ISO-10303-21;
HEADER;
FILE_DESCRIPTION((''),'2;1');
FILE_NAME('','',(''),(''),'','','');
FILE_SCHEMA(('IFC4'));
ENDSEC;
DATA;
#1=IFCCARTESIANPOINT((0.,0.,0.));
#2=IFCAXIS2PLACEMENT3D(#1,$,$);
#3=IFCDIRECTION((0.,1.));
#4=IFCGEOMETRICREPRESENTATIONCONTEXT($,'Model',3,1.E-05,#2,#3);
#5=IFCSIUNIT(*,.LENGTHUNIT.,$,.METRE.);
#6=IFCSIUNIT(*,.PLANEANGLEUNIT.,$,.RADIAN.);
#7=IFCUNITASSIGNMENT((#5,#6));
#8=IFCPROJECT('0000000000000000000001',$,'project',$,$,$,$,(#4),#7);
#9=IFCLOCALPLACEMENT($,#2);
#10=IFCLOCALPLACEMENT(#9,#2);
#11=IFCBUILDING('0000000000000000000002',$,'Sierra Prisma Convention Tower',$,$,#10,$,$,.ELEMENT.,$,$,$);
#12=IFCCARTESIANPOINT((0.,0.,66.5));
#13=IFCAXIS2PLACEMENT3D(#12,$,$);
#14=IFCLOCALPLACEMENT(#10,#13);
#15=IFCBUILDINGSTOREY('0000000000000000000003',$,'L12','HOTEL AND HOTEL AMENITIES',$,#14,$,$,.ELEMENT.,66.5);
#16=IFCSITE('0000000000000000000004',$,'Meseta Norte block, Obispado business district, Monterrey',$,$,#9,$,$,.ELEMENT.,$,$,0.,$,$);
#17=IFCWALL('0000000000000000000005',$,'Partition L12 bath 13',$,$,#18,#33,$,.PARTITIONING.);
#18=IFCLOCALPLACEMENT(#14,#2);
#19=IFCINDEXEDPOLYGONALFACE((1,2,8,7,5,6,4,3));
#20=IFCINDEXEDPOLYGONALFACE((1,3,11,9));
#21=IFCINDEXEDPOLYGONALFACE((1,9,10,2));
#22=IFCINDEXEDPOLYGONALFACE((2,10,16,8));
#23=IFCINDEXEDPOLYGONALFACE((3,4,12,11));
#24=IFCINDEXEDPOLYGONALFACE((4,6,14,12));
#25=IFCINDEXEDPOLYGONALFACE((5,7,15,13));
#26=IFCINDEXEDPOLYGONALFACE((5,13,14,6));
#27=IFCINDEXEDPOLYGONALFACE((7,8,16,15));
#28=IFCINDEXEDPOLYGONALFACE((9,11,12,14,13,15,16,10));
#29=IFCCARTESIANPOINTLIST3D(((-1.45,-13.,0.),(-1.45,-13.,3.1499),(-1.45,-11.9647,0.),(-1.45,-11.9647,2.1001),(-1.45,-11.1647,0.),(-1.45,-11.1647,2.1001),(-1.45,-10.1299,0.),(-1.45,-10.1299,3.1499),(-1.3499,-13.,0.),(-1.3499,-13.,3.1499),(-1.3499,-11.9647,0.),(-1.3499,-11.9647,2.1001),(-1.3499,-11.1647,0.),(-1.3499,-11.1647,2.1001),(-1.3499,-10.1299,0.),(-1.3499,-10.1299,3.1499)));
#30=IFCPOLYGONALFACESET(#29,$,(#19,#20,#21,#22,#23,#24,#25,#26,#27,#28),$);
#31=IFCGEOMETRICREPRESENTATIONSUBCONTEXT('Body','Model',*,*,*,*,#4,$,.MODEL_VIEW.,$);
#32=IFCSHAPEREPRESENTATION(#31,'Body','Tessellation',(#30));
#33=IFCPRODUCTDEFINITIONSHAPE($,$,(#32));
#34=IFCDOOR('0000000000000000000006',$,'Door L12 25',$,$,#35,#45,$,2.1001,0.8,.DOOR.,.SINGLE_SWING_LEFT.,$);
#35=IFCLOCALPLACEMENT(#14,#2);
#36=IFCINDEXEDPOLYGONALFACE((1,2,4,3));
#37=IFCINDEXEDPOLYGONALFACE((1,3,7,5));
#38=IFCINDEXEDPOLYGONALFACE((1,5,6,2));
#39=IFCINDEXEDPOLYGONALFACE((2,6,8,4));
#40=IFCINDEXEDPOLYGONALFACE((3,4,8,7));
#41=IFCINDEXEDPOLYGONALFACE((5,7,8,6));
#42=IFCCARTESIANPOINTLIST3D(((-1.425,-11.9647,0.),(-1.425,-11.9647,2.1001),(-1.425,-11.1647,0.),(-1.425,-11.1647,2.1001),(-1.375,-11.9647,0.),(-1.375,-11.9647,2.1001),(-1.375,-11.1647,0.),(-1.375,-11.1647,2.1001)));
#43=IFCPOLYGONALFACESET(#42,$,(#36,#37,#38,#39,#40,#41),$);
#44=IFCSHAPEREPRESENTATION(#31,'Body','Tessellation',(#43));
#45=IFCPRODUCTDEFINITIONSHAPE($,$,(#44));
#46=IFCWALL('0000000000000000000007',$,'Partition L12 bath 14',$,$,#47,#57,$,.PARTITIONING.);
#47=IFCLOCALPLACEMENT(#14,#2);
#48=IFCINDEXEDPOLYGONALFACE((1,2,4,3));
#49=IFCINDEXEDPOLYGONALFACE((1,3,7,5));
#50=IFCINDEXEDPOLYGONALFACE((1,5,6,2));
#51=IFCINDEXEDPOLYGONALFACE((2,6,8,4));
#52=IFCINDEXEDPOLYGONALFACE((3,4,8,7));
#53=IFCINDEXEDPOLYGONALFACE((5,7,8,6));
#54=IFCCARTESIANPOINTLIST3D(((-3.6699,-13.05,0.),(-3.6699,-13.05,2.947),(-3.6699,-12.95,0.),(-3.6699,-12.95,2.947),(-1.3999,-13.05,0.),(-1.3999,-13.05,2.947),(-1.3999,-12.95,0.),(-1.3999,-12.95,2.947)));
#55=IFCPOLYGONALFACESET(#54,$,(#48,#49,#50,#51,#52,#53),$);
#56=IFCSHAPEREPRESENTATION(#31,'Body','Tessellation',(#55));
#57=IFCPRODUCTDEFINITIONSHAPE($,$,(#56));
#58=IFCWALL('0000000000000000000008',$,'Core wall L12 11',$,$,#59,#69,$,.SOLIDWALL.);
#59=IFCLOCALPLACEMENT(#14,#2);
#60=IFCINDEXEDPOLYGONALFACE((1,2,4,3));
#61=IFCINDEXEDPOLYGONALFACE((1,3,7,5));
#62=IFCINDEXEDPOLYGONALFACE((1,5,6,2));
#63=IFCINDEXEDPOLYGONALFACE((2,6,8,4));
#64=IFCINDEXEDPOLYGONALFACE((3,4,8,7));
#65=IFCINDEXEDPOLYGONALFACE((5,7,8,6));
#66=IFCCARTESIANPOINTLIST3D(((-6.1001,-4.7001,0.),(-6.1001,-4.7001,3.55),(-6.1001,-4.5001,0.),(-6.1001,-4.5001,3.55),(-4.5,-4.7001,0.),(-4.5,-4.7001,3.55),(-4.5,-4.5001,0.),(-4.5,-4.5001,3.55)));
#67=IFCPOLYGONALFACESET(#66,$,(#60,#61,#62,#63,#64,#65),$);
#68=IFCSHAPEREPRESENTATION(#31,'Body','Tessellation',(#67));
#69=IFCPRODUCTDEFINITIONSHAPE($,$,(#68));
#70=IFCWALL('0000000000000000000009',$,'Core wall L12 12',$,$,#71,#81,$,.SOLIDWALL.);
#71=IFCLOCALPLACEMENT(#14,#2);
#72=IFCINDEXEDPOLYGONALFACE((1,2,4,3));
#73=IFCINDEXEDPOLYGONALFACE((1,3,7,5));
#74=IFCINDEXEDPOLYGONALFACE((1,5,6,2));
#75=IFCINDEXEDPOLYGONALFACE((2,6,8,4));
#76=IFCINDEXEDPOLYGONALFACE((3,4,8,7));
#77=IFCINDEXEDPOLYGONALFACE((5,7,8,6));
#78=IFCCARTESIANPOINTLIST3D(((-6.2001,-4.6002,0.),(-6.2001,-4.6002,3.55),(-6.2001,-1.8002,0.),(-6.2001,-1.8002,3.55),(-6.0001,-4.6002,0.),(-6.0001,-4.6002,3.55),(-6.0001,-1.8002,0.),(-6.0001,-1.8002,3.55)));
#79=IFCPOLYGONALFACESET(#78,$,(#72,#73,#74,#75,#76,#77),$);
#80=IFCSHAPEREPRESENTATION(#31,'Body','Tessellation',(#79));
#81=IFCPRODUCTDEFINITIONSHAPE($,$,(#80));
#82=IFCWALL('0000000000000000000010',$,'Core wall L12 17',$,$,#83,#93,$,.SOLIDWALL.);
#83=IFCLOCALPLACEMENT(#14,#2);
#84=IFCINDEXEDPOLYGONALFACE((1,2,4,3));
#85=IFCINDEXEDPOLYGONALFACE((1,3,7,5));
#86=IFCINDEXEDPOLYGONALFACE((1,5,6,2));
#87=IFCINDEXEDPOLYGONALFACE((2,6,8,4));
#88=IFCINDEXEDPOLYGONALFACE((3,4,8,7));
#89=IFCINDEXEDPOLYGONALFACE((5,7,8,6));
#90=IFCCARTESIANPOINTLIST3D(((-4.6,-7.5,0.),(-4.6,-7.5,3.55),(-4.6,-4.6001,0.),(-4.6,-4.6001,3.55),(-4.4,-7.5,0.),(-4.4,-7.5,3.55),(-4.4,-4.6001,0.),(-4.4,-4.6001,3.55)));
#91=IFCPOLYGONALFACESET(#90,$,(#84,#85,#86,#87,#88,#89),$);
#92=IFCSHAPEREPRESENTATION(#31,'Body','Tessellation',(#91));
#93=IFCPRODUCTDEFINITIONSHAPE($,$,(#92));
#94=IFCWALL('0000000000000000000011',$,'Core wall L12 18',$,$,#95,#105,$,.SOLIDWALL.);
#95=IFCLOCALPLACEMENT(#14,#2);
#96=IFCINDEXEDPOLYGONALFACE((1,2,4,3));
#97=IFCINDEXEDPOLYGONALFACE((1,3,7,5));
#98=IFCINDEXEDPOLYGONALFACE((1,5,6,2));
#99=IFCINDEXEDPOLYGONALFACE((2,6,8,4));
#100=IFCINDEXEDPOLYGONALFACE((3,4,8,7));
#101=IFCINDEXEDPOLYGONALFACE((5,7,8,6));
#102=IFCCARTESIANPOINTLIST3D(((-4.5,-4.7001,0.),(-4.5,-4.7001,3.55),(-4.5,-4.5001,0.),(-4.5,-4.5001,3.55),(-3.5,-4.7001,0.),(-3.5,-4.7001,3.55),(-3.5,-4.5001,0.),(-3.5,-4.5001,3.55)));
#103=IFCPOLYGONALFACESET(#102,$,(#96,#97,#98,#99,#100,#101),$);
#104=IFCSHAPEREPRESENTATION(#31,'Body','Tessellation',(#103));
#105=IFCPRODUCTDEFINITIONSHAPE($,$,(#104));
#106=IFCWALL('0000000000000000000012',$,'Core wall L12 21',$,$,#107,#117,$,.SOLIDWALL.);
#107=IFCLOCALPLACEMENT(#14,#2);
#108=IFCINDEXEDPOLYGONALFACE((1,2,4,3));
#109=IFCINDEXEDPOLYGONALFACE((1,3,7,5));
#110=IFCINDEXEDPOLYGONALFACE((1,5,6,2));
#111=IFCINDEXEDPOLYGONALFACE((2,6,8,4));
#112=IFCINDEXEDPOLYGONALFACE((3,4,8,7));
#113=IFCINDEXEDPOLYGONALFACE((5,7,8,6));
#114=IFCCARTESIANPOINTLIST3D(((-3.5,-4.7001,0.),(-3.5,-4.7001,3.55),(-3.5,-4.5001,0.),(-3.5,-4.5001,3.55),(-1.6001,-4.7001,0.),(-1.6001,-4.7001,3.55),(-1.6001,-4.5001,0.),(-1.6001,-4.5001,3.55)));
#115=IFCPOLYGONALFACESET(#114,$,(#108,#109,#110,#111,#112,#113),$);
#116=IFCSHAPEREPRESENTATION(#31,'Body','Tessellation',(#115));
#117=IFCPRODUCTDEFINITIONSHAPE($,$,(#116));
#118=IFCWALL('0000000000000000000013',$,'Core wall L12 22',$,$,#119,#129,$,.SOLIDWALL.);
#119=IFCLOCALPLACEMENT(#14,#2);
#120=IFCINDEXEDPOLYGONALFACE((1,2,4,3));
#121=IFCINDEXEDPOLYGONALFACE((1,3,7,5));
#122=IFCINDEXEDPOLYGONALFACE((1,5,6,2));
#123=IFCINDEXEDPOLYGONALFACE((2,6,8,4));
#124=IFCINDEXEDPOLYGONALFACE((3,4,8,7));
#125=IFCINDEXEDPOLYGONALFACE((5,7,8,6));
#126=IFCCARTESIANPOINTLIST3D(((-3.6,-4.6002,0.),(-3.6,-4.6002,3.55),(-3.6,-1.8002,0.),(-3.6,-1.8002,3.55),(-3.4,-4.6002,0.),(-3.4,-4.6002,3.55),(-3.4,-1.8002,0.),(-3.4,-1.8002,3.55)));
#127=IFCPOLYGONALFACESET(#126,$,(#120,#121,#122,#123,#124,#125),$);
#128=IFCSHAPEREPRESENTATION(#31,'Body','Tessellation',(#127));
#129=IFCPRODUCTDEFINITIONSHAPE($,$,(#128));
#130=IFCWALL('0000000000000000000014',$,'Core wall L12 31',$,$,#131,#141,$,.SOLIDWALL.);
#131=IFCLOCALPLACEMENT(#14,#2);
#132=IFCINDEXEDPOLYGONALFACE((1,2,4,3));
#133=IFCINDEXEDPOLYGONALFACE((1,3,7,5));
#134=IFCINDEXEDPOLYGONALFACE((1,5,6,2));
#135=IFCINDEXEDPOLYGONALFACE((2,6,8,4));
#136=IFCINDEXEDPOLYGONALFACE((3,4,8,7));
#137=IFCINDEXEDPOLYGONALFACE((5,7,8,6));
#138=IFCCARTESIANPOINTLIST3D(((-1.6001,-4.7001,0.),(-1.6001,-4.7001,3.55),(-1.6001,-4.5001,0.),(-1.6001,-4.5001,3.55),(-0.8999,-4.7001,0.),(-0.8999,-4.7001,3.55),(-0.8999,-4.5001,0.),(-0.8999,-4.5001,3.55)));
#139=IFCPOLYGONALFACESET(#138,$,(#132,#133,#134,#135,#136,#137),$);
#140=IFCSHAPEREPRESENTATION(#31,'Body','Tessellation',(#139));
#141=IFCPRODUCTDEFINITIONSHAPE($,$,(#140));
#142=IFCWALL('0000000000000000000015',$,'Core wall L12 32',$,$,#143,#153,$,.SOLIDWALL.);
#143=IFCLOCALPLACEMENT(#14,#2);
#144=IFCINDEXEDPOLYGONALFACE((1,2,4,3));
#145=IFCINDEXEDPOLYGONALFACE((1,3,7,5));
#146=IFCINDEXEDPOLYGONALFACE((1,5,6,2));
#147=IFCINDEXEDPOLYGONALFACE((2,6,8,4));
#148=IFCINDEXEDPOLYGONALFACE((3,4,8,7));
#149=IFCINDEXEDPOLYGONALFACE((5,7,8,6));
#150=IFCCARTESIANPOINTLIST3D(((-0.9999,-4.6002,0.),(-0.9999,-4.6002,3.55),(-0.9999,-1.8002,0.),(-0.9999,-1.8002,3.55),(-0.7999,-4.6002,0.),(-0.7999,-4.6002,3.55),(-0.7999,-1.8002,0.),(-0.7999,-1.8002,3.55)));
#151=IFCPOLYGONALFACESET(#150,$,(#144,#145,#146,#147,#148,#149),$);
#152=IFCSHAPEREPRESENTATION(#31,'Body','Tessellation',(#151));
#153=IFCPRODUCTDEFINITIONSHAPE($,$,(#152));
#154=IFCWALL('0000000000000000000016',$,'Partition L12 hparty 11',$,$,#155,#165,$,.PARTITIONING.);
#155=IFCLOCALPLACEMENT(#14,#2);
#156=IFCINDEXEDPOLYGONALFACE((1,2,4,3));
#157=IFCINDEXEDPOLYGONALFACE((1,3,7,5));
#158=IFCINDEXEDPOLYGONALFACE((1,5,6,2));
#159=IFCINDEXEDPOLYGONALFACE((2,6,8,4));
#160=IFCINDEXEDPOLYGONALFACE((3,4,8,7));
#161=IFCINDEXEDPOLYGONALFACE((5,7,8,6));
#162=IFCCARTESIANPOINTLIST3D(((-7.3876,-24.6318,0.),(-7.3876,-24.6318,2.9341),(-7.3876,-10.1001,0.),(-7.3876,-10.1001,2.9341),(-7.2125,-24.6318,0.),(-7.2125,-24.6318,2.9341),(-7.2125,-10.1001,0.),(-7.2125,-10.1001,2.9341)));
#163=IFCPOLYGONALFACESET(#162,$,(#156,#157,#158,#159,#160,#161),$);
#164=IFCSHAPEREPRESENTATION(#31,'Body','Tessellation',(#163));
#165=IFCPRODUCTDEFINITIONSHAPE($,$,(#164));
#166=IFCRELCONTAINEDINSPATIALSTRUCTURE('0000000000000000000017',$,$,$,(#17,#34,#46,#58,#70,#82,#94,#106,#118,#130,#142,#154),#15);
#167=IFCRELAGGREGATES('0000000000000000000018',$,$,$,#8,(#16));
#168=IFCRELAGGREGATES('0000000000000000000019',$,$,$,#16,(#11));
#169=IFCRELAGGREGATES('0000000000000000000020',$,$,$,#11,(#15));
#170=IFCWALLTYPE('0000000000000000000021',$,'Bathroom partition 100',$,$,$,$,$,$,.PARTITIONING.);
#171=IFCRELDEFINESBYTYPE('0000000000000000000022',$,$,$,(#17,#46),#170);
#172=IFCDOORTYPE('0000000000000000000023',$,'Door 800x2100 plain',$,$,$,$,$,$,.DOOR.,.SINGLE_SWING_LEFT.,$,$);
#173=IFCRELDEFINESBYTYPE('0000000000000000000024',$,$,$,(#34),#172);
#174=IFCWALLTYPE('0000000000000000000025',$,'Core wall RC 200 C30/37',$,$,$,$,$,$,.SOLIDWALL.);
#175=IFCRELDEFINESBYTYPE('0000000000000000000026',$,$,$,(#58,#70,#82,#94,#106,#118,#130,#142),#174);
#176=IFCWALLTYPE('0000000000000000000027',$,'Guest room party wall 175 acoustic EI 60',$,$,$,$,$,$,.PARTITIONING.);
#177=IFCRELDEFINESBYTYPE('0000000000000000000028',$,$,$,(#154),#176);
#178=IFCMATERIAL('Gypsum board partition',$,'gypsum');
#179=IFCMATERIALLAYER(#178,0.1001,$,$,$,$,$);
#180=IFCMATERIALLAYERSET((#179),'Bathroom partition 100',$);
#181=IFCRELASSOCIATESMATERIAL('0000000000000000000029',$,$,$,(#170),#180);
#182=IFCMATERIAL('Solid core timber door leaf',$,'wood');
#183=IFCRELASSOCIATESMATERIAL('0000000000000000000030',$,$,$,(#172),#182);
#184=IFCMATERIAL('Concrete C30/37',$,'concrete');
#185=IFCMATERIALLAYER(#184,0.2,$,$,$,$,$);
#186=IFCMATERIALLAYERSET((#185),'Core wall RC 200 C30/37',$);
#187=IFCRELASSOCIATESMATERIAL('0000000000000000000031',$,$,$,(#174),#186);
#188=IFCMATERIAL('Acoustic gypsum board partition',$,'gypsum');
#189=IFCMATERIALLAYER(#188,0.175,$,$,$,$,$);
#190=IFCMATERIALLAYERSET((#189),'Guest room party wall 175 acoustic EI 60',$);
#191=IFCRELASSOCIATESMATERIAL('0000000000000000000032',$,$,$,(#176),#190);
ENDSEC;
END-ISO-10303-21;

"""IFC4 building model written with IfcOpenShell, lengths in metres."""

from ifc_helpers import new_model, si_unit, direction, frame, frame_2d, origin, place, context, subcontext, project, spatial, rectangle, extrude, material, layer, layer_set, type_object, element, fill, save


model = new_model("IFC4")

# Units and contexts
model_context = context("Model", 3, precision=1e-05, world=origin(), true_north=direction((0.0, 1.0)))
body_context = subcontext(model_context, "Body", "Model", "MODEL_VIEW")
ifc_project = project(units=[si_unit("LENGTHUNIT", "METRE"), si_unit("PLANEANGLEUNIT", "RADIAN")], contexts=[model_context])

# Site, building, storey
site_placement = place(None, origin())
site = spatial("IfcSite", under=ifc_project, at=site_placement, Name="Meseta Norte block, Obispado business district, Monterrey", CompositionType="ELEMENT", RefElevation=0.0)
building_placement = place(site_placement, origin())
building = spatial("IfcBuilding", under=site, at=building_placement, Name="Sierra Prisma Convention Tower", CompositionType="ELEMENT")
storey_placement = place(building_placement, frame((0.0, 0.0, 66.5)))
storey = spatial("IfcBuildingStorey", under=building, at=storey_placement, Name="L12", Description="HOTEL AND HOTEL AMENITIES", CompositionType="ELEMENT", Elevation=66.5)

# Wall, opening, door
ifc_material_1 = material(Name="Gypsum board partition", Category="gypsum")
ifc_layer_1 = layer(ifc_material_1, 0.1001)
ifc_layer_set_1 = layer_set([ifc_layer_1], Name="Bathroom partition 100")
wall_type_1 = type_object("IfcWallType", Name="Bathroom partition 100", PredefinedType="PARTITIONING", material=ifc_layer_set_1)
wall_1_placement = place(storey_placement, frame((-1.3999, -10.1299, 0.0), z_axis=(0.0, 0.0, 1.0), x_axis=(0.0, -1.0, 0.0)))
wall_1 = element("IfcWall", 1, at=wall_1_placement, inside=storey, type_object=wall_type_1, Name="Partition L12 bath 13", PredefinedType="PARTITIONING", context=body_context, shape_type="SweptSolid", body=[
    extrude(rectangle(XDim=2.8701, YDim=0.1001, at=frame_2d((1.4351, 0.0))), origin(), (0.0, 0.0, 1.0), 3.1499),
])
opening_1_placement = place(wall_1_placement, frame((1.0349, 0.0, 0.0)))
opening_1 = element("IfcOpeningElement", 2, at=opening_1_placement, cuts=wall_1, PredefinedType="OPENING", context=body_context, shape_type="SweptSolid", body=[
    extrude(rectangle(XDim=0.8, YDim=2.1001, at=frame_2d((0.3999, 1.05))), frame((0.0, 0.05, 0.0), z_axis=(0.0, -1.0, 0.0), x_axis=(1.0, 0.0, 0.0)), (0.0, 0.0, 1.0), 0.1001),
])
ifc_material_2 = material(Name="Solid core timber door leaf", Category="wood")
door_type_1 = type_object("IfcDoorType", Name="Door 800x2100 plain", OperationType="SINGLE_SWING_LEFT", PredefinedType="DOOR", material=ifc_material_2)
door_1_placement = place(opening_1_placement, origin())
door_1 = element("IfcDoor", 3, at=door_1_placement, inside=storey, type_object=door_type_1, Name="Door L12 25", OperationType="SINGLE_SWING_LEFT", OverallHeight=2.1001, OverallWidth=0.8, PredefinedType="DOOR", context=body_context, shape_type="SweptSolid", body=[
    extrude(rectangle(XDim=0.8, YDim=2.1001, at=frame_2d((0.3999, 1.05))), frame((0.0, 0.0249, 0.0), z_axis=(0.0, -1.0, 0.0), x_axis=(1.0, 0.0, 0.0)), (0.0, 0.0, 1.0), 0.05),
])
fill(opening_1, door_1)

# Wall
wall_2_placement = place(storey_placement, frame((-1.3999, -13.0, 0.0), z_axis=(0.0, 0.0, 1.0), x_axis=(-1.0, 0.0, 0.0)))
element("IfcWall", 4, at=wall_2_placement, inside=storey, type_object=wall_type_1, Name="Partition L12 bath 14", PredefinedType="PARTITIONING", context=body_context, shape_type="SweptSolid", body=[
    extrude(rectangle(XDim=2.27, YDim=0.1001, at=frame_2d((1.135, 0.0))), origin(), (0.0, 0.0, 1.0), 2.947),
])

# Shared definitions
ifc_material_3 = material(Name="Concrete C30/37", Category="concrete")
ifc_layer_2 = layer(ifc_material_3, 0.2)
ifc_layer_set_2 = layer_set([ifc_layer_2], Name="Core wall RC 200 C30/37")
wall_type_2 = type_object("IfcWallType", Name="Core wall RC 200 C30/37", PredefinedType="SOLIDWALL", material=ifc_layer_set_2)

# Walls
wall_3_placement = place(storey_placement, frame((-6.1001, -4.6001, 0.0), z_axis=(0.0, 0.0, 1.0), x_axis=(1.0, 0.0, 0.0)))
element("IfcWall", 5, at=wall_3_placement, inside=storey, type_object=wall_type_2, Name="Core wall L12 11", PredefinedType="SOLIDWALL", context=body_context, shape_type="SweptSolid", body=[
    extrude(rectangle(XDim=1.6001, YDim=0.2, at=frame_2d((0.8, 0.0))), origin(), (0.0, 0.0, 1.0), 3.55),
])
wall_4_placement = place(storey_placement, frame((-6.1001, -4.6001, 0.0), z_axis=(0.0, 0.0, 1.0), x_axis=(0.0, 1.0, 0.0)))
element("IfcWall", 6, at=wall_4_placement, inside=storey, type_object=wall_type_2, Name="Core wall L12 12", PredefinedType="SOLIDWALL", context=body_context, shape_type="SweptSolid", body=[
    extrude(rectangle(XDim=2.8, YDim=0.2, at=frame_2d((1.3999, 0.0))), origin(), (0.0, 0.0, 1.0), 3.55),
])
wall_5_placement = place(storey_placement, frame((-4.5, -4.6001, 0.0), z_axis=(0.0, 0.0, 1.0), x_axis=(0.0, -1.0, 0.0)))
element("IfcWall", 7, at=wall_5_placement, inside=storey, type_object=wall_type_2, Name="Core wall L12 17", PredefinedType="SOLIDWALL", context=body_context, shape_type="SweptSolid", body=[
    extrude(rectangle(XDim=2.8999, YDim=0.2, at=frame_2d((1.45, 0.0))), origin(), (0.0, 0.0, 1.0), 3.55),
])
wall_6_placement = place(storey_placement, frame((-4.5, -4.6001, 0.0), z_axis=(0.0, 0.0, 1.0), x_axis=(1.0, 0.0, 0.0)))
element("IfcWall", 8, at=wall_6_placement, inside=storey, type_object=wall_type_2, Name="Core wall L12 18", PredefinedType="SOLIDWALL", context=body_context, shape_type="SweptSolid", body=[
    extrude(rectangle(XDim=1.0, YDim=0.2, at=frame_2d((0.5, 0.0))), origin(), (0.0, 0.0, 1.0), 3.55),
])
wall_7_placement = place(storey_placement, frame((-3.5, -4.6001, 0.0), z_axis=(0.0, 0.0, 1.0), x_axis=(1.0, 0.0, 0.0)))
element("IfcWall", 9, at=wall_7_placement, inside=storey, type_object=wall_type_2, Name="Core wall L12 21", PredefinedType="SOLIDWALL", context=body_context, shape_type="SweptSolid", body=[
    extrude(rectangle(XDim=1.8999, YDim=0.2, at=frame_2d((0.95, 0.0))), origin(), (0.0, 0.0, 1.0), 3.55),
])
wall_8_placement = place(storey_placement, frame((-3.5, -4.6001, 0.0), z_axis=(0.0, 0.0, 1.0), x_axis=(0.0, 1.0, 0.0)))
element("IfcWall", 10, at=wall_8_placement, inside=storey, type_object=wall_type_2, Name="Core wall L12 22", PredefinedType="SOLIDWALL", context=body_context, shape_type="SweptSolid", body=[
    extrude(rectangle(XDim=2.8, YDim=0.2, at=frame_2d((1.3999, 0.0))), origin(), (0.0, 0.0, 1.0), 3.55),
])

# Walls
wall_9_placement = place(storey_placement, frame((-1.6001, -4.6001, 0.0), z_axis=(0.0, 0.0, 1.0), x_axis=(1.0, 0.0, 0.0)))
element("IfcWall", 11, at=wall_9_placement, inside=storey, type_object=wall_type_2, Name="Core wall L12 31", PredefinedType="SOLIDWALL", context=body_context, shape_type="SweptSolid", body=[
    extrude(rectangle(XDim=0.7002, YDim=0.2, at=frame_2d((0.3501, 0.0))), origin(), (0.0, 0.0, 1.0), 3.55),
])
wall_10_placement = place(storey_placement, frame((-0.8999, -4.6001, 0.0), z_axis=(0.0, 0.0, 1.0), x_axis=(0.0, 1.0, 0.0)))
element("IfcWall", 12, at=wall_10_placement, inside=storey, type_object=wall_type_2, Name="Core wall L12 32", PredefinedType="SOLIDWALL", context=body_context, shape_type="SweptSolid", body=[
    extrude(rectangle(XDim=2.8, YDim=0.2, at=frame_2d((1.3999, 0.0))), origin(), (0.0, 0.0, 1.0), 3.55),
])
ifc_material_4 = material(Name="Acoustic gypsum board partition", Category="gypsum")
ifc_layer_3 = layer(ifc_material_4, 0.175)
ifc_layer_set_3 = layer_set([ifc_layer_3], Name="Guest room party wall 175 acoustic EI 60")
wall_type_3 = type_object("IfcWallType", Name="Guest room party wall 175 acoustic EI 60", PredefinedType="PARTITIONING", material=ifc_layer_set_3)
wall_11_placement = place(storey_placement, frame((-7.3, -10.1001, 0.0), z_axis=(0.0, 0.0, 1.0), x_axis=(0.0, -1.0, 0.0)))
element("IfcWall", 13, at=wall_11_placement, inside=storey, type_object=wall_type_3, Name="Partition L12 hparty 11", PredefinedType="PARTITIONING", context=body_context, shape_type="SweptSolid", body=[
    extrude(rectangle(XDim=14.5317, YDim=0.175, at=frame_2d((7.2659, 0.0))), origin(), (0.0, 0.0, 1.0), 2.9341),
])

save(model, "model.ifc")
